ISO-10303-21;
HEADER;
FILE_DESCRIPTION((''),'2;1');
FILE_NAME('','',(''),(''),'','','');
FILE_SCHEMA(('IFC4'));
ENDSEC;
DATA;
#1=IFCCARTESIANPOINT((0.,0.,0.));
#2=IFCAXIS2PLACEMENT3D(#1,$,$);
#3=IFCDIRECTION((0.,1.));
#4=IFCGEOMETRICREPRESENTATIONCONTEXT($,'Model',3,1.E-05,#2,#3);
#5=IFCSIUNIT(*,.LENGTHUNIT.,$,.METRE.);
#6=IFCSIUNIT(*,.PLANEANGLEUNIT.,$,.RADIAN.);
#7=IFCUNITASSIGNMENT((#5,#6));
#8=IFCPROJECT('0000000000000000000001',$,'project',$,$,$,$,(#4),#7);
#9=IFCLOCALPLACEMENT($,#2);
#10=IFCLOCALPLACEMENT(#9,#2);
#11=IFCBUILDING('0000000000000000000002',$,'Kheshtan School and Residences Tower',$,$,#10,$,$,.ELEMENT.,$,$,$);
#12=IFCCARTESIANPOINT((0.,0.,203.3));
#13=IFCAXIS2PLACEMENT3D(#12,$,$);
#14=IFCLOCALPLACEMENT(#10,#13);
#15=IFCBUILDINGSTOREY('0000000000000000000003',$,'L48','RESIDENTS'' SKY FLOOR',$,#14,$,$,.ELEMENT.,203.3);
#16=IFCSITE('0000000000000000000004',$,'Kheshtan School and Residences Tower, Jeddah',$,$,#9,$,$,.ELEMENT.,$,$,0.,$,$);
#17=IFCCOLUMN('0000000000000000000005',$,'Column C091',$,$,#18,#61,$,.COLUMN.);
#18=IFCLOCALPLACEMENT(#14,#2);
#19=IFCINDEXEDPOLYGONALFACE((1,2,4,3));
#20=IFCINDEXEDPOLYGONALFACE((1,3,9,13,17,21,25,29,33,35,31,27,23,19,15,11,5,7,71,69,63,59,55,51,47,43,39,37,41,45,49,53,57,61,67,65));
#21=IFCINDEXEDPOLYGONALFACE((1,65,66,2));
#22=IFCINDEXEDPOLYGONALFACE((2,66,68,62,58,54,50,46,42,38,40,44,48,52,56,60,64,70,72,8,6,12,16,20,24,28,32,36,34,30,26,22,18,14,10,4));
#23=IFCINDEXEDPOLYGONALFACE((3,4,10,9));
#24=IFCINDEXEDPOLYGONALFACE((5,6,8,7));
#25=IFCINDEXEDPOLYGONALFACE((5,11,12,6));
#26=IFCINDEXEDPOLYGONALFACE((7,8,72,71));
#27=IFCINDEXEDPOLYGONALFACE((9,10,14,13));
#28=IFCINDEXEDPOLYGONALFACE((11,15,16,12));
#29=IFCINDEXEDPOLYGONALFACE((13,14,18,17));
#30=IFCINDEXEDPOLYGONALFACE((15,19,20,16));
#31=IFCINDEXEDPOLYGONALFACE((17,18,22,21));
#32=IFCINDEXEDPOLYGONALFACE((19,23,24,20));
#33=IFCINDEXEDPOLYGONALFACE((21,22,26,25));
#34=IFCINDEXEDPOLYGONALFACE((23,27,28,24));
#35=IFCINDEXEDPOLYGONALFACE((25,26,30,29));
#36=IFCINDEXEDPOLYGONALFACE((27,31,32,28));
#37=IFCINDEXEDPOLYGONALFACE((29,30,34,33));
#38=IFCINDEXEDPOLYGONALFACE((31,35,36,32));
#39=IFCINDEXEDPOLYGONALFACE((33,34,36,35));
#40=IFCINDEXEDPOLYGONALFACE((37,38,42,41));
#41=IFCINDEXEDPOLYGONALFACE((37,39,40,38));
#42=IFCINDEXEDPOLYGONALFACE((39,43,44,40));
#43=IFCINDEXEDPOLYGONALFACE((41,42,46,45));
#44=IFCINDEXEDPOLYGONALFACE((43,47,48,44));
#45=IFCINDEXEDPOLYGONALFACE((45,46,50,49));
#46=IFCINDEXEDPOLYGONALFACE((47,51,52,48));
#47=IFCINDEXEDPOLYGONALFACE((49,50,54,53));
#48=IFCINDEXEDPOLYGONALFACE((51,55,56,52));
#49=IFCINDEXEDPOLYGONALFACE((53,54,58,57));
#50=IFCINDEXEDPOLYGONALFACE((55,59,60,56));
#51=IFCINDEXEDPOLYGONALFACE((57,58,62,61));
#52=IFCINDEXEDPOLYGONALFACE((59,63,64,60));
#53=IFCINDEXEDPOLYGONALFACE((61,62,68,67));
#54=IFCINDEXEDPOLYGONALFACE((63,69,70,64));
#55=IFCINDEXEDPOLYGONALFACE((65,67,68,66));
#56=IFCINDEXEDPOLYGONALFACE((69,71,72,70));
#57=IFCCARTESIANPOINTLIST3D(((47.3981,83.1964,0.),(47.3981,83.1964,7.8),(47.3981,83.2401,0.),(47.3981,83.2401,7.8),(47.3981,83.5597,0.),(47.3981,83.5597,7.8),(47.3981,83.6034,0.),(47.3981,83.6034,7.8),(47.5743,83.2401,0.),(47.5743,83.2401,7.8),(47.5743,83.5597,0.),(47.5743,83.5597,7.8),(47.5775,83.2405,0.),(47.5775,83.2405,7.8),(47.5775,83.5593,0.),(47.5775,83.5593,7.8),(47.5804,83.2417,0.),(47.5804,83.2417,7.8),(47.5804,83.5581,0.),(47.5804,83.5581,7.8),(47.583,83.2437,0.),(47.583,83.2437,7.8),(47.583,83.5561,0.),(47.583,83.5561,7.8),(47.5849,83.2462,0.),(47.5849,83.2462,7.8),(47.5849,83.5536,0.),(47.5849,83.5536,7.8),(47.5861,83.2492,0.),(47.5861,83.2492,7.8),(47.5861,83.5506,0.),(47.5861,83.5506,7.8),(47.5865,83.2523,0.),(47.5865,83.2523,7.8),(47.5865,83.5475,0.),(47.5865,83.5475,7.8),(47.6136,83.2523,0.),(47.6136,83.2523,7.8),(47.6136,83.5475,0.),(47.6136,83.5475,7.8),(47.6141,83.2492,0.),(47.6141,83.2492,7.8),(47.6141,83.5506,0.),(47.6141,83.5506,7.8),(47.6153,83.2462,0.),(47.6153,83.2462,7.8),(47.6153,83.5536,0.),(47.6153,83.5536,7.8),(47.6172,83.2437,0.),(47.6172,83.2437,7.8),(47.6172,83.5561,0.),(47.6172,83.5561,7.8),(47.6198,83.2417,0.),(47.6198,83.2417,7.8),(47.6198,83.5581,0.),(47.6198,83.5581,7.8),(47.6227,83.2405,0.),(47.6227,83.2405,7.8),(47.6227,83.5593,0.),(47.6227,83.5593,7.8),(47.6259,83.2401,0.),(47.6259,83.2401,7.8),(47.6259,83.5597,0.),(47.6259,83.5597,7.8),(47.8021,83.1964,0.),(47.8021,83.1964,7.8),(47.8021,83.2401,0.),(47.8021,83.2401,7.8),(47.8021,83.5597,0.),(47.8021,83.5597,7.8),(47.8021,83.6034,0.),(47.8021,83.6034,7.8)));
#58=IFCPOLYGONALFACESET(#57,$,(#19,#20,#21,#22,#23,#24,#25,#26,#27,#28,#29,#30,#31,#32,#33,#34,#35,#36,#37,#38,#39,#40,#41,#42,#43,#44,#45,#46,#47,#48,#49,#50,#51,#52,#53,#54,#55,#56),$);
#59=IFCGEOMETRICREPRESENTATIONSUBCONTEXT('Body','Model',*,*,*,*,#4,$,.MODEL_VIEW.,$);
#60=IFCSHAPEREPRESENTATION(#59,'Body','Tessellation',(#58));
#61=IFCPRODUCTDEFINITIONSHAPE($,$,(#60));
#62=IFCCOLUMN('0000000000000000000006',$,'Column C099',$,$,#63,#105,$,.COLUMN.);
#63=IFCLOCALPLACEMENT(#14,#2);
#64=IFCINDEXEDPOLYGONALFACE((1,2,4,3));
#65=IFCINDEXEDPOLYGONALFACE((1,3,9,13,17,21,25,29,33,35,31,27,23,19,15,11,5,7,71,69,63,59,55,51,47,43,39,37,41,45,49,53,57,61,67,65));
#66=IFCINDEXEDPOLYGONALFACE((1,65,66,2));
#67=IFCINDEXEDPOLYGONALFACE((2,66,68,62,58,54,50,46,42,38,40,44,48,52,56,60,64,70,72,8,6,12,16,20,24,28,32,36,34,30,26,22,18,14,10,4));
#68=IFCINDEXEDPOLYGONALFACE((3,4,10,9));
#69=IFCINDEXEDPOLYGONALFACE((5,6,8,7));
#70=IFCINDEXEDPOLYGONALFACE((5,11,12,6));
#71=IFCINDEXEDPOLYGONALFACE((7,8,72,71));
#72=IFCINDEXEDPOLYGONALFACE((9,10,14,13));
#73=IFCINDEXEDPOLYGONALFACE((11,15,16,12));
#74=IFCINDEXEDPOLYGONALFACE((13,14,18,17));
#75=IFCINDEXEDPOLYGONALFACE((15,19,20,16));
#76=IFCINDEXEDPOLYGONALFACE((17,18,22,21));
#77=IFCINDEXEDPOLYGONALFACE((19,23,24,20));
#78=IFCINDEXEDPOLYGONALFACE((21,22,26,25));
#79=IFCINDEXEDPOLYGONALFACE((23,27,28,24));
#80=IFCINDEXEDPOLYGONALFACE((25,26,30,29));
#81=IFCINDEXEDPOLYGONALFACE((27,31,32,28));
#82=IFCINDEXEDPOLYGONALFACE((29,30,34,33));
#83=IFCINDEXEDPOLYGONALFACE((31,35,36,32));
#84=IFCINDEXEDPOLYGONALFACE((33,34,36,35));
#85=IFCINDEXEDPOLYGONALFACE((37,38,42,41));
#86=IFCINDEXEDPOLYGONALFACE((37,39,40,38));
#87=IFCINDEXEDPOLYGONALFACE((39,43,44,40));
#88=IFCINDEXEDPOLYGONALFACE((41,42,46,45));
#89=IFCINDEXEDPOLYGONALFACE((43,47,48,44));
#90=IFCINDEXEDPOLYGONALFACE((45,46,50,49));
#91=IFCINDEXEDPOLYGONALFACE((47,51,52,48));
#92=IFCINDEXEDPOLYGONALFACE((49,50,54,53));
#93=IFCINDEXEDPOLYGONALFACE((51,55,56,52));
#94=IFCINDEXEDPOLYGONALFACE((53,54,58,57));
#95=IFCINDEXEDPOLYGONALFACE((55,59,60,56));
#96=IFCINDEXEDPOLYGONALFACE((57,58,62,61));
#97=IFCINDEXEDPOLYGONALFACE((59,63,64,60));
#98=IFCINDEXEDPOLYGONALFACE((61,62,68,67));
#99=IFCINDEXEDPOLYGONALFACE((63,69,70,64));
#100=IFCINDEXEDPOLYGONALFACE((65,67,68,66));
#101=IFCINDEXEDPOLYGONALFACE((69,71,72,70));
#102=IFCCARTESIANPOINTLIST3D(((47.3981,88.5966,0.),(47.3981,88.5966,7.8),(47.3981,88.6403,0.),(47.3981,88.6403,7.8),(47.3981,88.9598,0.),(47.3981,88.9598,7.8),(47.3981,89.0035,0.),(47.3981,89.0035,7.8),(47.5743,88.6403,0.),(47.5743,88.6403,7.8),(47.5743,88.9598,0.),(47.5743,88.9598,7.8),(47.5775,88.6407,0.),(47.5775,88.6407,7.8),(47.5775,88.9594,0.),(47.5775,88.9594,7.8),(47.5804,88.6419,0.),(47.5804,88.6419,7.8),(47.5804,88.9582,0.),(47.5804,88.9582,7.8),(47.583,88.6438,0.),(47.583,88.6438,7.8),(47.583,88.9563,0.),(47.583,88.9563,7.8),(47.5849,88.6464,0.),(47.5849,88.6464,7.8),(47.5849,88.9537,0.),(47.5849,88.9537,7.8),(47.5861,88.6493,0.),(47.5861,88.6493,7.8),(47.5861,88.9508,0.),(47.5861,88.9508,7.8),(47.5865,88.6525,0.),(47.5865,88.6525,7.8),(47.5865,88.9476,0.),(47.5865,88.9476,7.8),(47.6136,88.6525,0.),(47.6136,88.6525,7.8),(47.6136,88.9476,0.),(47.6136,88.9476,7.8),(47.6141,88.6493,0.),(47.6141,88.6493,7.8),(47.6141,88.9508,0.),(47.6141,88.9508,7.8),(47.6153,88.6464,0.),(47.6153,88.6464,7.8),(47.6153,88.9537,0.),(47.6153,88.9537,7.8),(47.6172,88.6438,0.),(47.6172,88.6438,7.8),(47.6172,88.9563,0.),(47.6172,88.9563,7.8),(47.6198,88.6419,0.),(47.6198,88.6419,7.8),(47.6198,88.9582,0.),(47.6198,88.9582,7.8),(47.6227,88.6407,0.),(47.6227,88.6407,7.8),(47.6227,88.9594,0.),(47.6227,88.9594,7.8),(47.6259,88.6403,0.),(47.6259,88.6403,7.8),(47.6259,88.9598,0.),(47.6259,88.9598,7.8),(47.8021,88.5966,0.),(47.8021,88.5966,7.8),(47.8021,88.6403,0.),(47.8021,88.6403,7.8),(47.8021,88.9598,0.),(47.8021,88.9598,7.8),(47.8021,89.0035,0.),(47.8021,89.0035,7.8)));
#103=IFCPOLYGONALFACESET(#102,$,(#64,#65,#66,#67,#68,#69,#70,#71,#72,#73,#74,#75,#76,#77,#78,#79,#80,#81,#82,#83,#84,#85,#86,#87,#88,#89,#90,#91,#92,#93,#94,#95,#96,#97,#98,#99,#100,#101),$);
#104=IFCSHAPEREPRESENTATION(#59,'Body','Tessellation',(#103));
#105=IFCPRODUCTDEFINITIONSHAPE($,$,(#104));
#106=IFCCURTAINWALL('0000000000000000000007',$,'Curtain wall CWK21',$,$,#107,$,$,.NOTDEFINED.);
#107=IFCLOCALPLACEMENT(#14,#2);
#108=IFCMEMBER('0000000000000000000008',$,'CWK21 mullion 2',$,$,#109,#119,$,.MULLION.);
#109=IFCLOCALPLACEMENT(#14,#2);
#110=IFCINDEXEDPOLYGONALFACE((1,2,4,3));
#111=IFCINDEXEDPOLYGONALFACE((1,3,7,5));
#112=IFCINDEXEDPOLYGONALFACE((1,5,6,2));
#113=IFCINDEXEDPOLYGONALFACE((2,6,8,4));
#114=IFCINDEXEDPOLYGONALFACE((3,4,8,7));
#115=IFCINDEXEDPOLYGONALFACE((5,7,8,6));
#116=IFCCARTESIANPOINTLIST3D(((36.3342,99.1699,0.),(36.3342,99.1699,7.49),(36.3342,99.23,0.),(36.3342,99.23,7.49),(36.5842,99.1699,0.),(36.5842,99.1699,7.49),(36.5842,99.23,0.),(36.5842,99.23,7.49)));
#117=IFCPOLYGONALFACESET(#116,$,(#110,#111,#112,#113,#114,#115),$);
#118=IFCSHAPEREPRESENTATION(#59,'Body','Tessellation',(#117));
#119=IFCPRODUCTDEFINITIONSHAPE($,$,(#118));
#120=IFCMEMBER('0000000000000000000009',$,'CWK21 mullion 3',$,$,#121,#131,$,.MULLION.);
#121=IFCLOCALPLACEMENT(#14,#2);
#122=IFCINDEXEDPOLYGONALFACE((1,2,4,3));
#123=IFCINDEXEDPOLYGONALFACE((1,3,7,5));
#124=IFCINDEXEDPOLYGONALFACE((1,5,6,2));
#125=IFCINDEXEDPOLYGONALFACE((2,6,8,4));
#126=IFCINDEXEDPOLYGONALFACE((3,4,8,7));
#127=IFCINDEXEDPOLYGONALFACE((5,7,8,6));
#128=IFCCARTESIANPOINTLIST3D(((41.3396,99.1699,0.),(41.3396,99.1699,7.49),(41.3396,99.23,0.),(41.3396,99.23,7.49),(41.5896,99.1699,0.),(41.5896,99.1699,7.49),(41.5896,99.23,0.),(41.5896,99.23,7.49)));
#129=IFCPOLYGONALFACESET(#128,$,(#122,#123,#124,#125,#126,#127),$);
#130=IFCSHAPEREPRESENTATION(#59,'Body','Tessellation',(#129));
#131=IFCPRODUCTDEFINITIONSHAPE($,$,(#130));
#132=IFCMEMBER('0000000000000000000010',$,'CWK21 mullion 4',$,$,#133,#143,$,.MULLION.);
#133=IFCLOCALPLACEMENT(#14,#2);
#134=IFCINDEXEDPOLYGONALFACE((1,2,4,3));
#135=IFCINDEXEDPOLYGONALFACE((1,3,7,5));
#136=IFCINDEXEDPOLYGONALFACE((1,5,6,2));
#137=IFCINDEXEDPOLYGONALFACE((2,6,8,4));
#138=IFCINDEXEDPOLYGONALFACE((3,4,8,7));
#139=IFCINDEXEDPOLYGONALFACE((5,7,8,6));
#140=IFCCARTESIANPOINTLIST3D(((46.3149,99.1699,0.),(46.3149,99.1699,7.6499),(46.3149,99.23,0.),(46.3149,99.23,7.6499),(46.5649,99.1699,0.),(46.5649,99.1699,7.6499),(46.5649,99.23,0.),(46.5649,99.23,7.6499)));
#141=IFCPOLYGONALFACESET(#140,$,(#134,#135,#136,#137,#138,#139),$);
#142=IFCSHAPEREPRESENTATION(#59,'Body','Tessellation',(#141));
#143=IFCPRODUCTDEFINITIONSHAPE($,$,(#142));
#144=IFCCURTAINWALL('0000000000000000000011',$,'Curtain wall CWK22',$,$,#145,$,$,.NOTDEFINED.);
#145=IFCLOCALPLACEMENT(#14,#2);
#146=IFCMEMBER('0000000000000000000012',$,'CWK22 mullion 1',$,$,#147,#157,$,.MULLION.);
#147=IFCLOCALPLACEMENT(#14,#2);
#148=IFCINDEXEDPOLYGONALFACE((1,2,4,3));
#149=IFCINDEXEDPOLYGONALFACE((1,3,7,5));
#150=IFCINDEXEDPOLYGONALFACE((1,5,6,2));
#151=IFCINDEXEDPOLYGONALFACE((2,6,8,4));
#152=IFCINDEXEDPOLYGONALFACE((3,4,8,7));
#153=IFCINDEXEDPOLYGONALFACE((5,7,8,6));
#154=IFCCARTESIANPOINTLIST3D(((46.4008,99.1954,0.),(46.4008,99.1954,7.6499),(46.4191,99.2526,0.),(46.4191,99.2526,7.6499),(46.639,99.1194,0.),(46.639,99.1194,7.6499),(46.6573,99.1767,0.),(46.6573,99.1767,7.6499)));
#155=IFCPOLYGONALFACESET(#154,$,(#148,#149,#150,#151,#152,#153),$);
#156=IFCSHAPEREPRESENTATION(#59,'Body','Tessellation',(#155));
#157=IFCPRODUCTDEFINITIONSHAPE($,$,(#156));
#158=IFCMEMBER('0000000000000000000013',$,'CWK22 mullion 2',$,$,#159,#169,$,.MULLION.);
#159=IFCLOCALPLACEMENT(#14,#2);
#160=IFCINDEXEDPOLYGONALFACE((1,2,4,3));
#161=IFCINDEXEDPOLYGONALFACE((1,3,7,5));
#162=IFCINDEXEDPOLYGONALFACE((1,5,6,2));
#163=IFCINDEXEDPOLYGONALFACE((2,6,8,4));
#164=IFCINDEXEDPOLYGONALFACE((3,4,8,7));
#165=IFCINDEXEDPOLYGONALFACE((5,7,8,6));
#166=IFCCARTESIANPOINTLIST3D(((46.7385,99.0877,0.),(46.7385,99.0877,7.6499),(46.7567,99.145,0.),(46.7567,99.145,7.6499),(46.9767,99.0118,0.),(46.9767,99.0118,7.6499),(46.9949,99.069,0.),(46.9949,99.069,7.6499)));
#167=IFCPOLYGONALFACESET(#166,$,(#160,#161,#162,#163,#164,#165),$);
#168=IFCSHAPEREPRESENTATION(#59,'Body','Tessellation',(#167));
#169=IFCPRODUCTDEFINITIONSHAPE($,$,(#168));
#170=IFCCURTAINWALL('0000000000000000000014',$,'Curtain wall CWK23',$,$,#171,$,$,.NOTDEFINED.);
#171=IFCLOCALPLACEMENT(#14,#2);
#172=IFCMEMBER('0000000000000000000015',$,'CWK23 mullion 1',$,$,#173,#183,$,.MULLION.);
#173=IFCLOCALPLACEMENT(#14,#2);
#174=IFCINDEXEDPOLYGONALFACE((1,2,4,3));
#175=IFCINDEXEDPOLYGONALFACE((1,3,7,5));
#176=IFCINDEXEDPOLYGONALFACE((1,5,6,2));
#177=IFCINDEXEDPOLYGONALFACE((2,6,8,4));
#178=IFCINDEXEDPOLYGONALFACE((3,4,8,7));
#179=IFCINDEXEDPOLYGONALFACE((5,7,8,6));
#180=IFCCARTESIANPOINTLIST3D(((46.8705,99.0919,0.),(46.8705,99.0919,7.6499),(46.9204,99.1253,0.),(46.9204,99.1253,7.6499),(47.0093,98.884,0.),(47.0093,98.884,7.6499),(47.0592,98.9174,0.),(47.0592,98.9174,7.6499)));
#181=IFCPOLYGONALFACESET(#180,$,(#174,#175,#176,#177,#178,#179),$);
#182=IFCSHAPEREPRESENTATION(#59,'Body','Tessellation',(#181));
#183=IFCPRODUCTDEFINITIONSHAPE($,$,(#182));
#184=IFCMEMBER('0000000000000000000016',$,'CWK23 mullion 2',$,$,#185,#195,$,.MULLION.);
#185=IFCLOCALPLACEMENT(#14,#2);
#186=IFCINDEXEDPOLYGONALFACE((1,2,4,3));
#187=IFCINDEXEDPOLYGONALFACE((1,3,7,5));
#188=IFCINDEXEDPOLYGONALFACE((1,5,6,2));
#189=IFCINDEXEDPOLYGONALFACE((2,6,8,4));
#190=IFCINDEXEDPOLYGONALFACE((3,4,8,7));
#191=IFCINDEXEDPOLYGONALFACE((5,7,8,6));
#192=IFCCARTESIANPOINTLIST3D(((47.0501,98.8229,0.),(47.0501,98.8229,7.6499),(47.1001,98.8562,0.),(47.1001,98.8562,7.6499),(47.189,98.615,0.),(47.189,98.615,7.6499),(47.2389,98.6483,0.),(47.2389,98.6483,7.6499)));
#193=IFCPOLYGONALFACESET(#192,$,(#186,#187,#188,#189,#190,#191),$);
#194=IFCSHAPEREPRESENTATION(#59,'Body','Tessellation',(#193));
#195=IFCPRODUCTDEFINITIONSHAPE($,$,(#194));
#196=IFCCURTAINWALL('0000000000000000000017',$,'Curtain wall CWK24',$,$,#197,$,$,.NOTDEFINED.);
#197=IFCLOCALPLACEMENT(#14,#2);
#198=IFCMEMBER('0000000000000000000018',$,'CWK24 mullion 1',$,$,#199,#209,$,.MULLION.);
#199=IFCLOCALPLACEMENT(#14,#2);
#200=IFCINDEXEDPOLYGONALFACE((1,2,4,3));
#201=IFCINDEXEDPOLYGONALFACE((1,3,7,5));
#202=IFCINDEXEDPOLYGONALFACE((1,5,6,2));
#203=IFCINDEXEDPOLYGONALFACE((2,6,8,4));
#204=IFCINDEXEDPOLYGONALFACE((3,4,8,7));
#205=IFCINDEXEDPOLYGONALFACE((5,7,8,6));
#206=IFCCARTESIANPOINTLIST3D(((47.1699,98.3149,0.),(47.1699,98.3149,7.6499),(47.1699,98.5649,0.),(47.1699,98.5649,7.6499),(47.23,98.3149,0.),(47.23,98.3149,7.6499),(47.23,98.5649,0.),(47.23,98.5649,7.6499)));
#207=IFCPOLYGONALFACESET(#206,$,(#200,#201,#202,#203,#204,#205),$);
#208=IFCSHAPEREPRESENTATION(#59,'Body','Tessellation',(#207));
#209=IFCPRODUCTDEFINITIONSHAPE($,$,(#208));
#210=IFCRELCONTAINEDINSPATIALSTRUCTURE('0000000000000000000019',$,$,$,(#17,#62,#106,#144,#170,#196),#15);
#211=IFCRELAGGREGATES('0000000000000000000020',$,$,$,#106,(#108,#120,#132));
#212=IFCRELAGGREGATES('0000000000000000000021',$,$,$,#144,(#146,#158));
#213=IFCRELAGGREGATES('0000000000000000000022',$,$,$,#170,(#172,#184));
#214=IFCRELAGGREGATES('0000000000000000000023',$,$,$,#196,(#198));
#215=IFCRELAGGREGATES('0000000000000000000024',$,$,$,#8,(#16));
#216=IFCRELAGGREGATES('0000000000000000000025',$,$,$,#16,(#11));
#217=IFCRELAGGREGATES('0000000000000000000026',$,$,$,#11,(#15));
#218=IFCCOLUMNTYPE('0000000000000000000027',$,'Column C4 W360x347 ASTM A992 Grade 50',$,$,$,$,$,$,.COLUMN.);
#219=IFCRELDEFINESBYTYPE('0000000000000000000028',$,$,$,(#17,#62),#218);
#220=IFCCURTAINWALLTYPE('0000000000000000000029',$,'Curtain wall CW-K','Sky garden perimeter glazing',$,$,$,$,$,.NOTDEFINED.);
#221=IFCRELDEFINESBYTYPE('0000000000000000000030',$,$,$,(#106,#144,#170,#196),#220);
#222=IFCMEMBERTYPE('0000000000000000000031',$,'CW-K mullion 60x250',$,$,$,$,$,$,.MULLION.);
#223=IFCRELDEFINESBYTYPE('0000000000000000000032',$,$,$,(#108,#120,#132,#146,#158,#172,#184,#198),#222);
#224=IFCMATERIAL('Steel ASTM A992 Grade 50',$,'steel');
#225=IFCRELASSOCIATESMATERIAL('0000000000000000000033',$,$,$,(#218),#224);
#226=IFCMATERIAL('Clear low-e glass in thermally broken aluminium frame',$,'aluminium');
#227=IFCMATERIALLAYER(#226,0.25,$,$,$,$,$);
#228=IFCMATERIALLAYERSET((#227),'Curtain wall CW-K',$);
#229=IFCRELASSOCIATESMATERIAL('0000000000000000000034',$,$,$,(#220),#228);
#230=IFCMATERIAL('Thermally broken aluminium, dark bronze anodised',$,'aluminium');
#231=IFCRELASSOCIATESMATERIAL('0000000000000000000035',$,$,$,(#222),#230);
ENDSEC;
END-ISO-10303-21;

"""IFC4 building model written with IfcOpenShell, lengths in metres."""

from ifc_helpers import new_model, si_unit, direction, frame, origin, origin_2d, place, context, subcontext, project, spatial, rectangle, i_section, extrude, material, layer, layer_set, material_profile, profile_set, type_object, element, aggregate, save


model = new_model("IFC4")

# Units and contexts
model_context = context("Model", 3, precision=1e-05, world=origin(), true_north=direction((0.0, 1.0)))
body_context = subcontext(model_context, "Body", "Model", "MODEL_VIEW")
ifc_project = project(units=[si_unit("LENGTHUNIT", "METRE"), si_unit("PLANEANGLEUNIT", "RADIAN")], contexts=[model_context])

# Site, building, storey
site_placement = place(None, origin())
site = spatial("IfcSite", under=ifc_project, at=site_placement, Name="Kheshtan School and Residences Tower, Jeddah", CompositionType="ELEMENT", RefElevation=0.0)
building_placement = place(site_placement, origin())
building = spatial("IfcBuilding", under=site, at=building_placement, Name="Kheshtan School and Residences Tower", CompositionType="ELEMENT")
storey_placement = place(building_placement, frame((0.0, 0.0, 203.3)))
storey = spatial("IfcBuildingStorey", under=building, at=storey_placement, Name="L48", Description="RESIDENTS' SKY FLOOR", CompositionType="ELEMENT", Elevation=203.3)

# Columns
ifc_material_1 = material(Name="Steel ASTM A992 Grade 50", Category="steel")
ifc_material_profile_1 = material_profile(ifc_material_1, i_section(OverallWidth=0.4041, OverallDepth=0.407, WebThickness=0.0271, FlangeThickness=0.0437, FilletRadius=0.0122, at=origin_2d()), Name="W360x347")
ifc_profile_set_1 = profile_set([ifc_material_profile_1], Name="Steel ASTM A992 Grade 50")
column_type = type_object("IfcColumnType", Name="Column C4 W360x347 ASTM A992 Grade 50", PredefinedType="COLUMN", material=ifc_profile_set_1)
for number, where, z_axis, x_axis, name in (
    (1, (47.6001, 83.3999, 0.0), (0.0, 0.0, 1.0), (1.0, 0.0, 0.0), "Column C091"),
    (2, (47.6001, 88.8, 0.0), (0.0, 0.0, 1.0), (1.0, 0.0, 0.0), "Column C099"),
):
    element("IfcColumn", number, at=place(storey_placement, frame(where, z_axis=z_axis, x_axis=x_axis)), inside=storey, type_object=column_type, Name=name, PredefinedType="COLUMN", context=body_context, shape_type="SweptSolid", body=[
        extrude(i_section(OverallWidth=0.4041, OverallDepth=0.407, WebThickness=0.0271, FlangeThickness=0.0437, FilletRadius=0.0122, at=origin_2d()), origin(), (0.0, 0.0, 1.0), 7.8),
    ])

# Curtain walls, members
ifc_material_2 = material(Name="Clear low-e glass in thermally broken aluminium frame", Category="aluminium")
ifc_layer_1 = layer(ifc_material_2, 0.25)
ifc_layer_set_1 = layer_set([ifc_layer_1], Name="Curtain wall CW-K")
curtain_wall_type = type_object("IfcCurtainWallType", Name="Curtain wall CW-K", Description="Sky garden perimeter glazing", PredefinedType="NOTDEFINED", material=ifc_layer_set_1)
curtain_wall_1_placement = place(storey_placement, origin())
curtain_wall_1 = element("IfcCurtainWall", 3, at=curtain_wall_1_placement, inside=storey, type_object=curtain_wall_type, Name="Curtain wall CWK21", PredefinedType="NOTDEFINED")
ifc_material_3 = material(Name="Thermally broken aluminium, dark bronze anodised", Category="aluminium")
ifc_material_profile_2 = material_profile(ifc_material_3, rectangle(XDim=0.0601, YDim=0.25, at=origin_2d()), Name="CW-K mullion 60x250")
ifc_profile_set_2 = profile_set([ifc_material_profile_2], Name="Thermally broken aluminium, dark bronze anodised")
member_type_1 = type_object("IfcMemberType", Name="CW-K mullion 60x250", PredefinedType="MULLION", material=ifc_profile_set_2)
member_1_placement = place(storey_placement, frame((36.4592, 99.2, 0.0), z_axis=(0.0, 0.0, 1.0), x_axis=(0.0, 1.0, 0.0)))
member_1 = element("IfcMember", 4, at=member_1_placement, type_object=member_type_1, Name="CWK21 mullion 2", PredefinedType="MULLION", context=body_context, shape_type="SweptSolid", body=[
    extrude(rectangle(XDim=0.0601, YDim=0.25, at=origin_2d()), origin(), (0.0, 0.0, 1.0), 7.49),
])
member_2_placement = place(storey_placement, frame((41.4646, 99.2, 0.0), z_axis=(0.0, 0.0, 1.0), x_axis=(0.0, 1.0, 0.0)))
member_2 = element("IfcMember", 5, at=member_2_placement, type_object=member_type_1, Name="CWK21 mullion 3", PredefinedType="MULLION", context=body_context, shape_type="SweptSolid", body=[
    extrude(rectangle(XDim=0.0601, YDim=0.25, at=origin_2d()), origin(), (0.0, 0.0, 1.0), 7.49),
])
member_3_placement = place(storey_placement, frame((46.4399, 99.2, 0.0), z_axis=(0.0, 0.0, 1.0), x_axis=(0.0, 1.0, 0.0)))
member_3 = element("IfcMember", 6, at=member_3_placement, type_object=member_type_1, Name="CWK21 mullion 4", PredefinedType="MULLION", context=body_context, shape_type="SweptSolid", body=[
    extrude(rectangle(XDim=0.0601, YDim=0.25, at=origin_2d()), origin(), (0.0, 0.0, 1.0), 7.6499),
])
curtain_wall_2_placement = place(storey_placement, origin())
curtain_wall_2 = element("IfcCurtainWall", 7, at=curtain_wall_2_placement, inside=storey, type_object=curtain_wall_type, Name="Curtain wall CWK22", PredefinedType="NOTDEFINED")
member_4_placement = place(storey_placement, frame((46.5291, 99.186, 0.0), z_axis=(0.0, 0.0, 1.0), x_axis=(0.3039, 0.952704, 0.0)))
member_4 = element("IfcMember", 8, at=member_4_placement, type_object=member_type_1, Name="CWK22 mullion 1", PredefinedType="MULLION", context=body_context, shape_type="SweptSolid", body=[
    extrude(rectangle(XDim=0.0601, YDim=0.25, at=origin_2d()), origin(), (0.0, 0.0, 1.0), 7.6499),
])
member_5_placement = place(storey_placement, frame((46.8667, 99.0784, 0.0), z_axis=(0.0, 0.0, 1.0), x_axis=(0.3039, 0.952704, 0.0)))
member_5 = element("IfcMember", 9, at=member_5_placement, type_object=member_type_1, Name="CWK22 mullion 2", PredefinedType="MULLION", context=body_context, shape_type="SweptSolid", body=[
    extrude(rectangle(XDim=0.0601, YDim=0.25, at=origin_2d()), origin(), (0.0, 0.0, 1.0), 7.6499),
])
curtain_wall_3_placement = place(storey_placement, origin())
curtain_wall_3 = element("IfcCurtainWall", 10, at=curtain_wall_3_placement, inside=storey, type_object=curtain_wall_type, Name="Curtain wall CWK23", PredefinedType="NOTDEFINED")
member_6_placement = place(storey_placement, frame((46.9648, 99.0046, 0.0), z_axis=(0.0, 0.0, 1.0), x_axis=(0.831649, 0.555302, 0.0)))
member_6 = element("IfcMember", 11, at=member_6_placement, type_object=member_type_1, Name="CWK23 mullion 1", PredefinedType="MULLION", context=body_context, shape_type="SweptSolid", body=[
    extrude(rectangle(XDim=0.0601, YDim=0.25, at=origin_2d()), origin(), (0.0, 0.0, 1.0), 7.6499),
])
member_7_placement = place(storey_placement, frame((47.1445, 98.7356, 0.0), z_axis=(0.0, 0.0, 1.0), x_axis=(0.831649, 0.555302, 0.0)))
member_7 = element("IfcMember", 12, at=member_7_placement, type_object=member_type_1, Name="CWK23 mullion 2", PredefinedType="MULLION", context=body_context, shape_type="SweptSolid", body=[
    extrude(rectangle(XDim=0.0601, YDim=0.25, at=origin_2d()), origin(), (0.0, 0.0, 1.0), 7.6499),
])
curtain_wall_4_placement = place(storey_placement, origin())
curtain_wall_4 = element("IfcCurtainWall", 13, at=curtain_wall_4_placement, inside=storey, type_object=curtain_wall_type, Name="Curtain wall CWK24", PredefinedType="NOTDEFINED")
member_8_placement = place(storey_placement, frame((47.2, 98.4399, 0.0), z_axis=(0.0, 0.0, 1.0), x_axis=(1.0, 0.0, 0.0)))
member_8 = element("IfcMember", 14, at=member_8_placement, type_object=member_type_1, Name="CWK24 mullion 1", PredefinedType="MULLION", context=body_context, shape_type="SweptSolid", body=[
    extrude(rectangle(XDim=0.0601, YDim=0.25, at=origin_2d()), origin(), (0.0, 0.0, 1.0), 7.6499),
])

aggregate(curtain_wall_1, [member_1, member_2, member_3])
aggregate(curtain_wall_2, [member_4, member_5])
aggregate(curtain_wall_3, [member_6, member_7])
aggregate(curtain_wall_4, [member_8])

save(model, "model.ifc")
